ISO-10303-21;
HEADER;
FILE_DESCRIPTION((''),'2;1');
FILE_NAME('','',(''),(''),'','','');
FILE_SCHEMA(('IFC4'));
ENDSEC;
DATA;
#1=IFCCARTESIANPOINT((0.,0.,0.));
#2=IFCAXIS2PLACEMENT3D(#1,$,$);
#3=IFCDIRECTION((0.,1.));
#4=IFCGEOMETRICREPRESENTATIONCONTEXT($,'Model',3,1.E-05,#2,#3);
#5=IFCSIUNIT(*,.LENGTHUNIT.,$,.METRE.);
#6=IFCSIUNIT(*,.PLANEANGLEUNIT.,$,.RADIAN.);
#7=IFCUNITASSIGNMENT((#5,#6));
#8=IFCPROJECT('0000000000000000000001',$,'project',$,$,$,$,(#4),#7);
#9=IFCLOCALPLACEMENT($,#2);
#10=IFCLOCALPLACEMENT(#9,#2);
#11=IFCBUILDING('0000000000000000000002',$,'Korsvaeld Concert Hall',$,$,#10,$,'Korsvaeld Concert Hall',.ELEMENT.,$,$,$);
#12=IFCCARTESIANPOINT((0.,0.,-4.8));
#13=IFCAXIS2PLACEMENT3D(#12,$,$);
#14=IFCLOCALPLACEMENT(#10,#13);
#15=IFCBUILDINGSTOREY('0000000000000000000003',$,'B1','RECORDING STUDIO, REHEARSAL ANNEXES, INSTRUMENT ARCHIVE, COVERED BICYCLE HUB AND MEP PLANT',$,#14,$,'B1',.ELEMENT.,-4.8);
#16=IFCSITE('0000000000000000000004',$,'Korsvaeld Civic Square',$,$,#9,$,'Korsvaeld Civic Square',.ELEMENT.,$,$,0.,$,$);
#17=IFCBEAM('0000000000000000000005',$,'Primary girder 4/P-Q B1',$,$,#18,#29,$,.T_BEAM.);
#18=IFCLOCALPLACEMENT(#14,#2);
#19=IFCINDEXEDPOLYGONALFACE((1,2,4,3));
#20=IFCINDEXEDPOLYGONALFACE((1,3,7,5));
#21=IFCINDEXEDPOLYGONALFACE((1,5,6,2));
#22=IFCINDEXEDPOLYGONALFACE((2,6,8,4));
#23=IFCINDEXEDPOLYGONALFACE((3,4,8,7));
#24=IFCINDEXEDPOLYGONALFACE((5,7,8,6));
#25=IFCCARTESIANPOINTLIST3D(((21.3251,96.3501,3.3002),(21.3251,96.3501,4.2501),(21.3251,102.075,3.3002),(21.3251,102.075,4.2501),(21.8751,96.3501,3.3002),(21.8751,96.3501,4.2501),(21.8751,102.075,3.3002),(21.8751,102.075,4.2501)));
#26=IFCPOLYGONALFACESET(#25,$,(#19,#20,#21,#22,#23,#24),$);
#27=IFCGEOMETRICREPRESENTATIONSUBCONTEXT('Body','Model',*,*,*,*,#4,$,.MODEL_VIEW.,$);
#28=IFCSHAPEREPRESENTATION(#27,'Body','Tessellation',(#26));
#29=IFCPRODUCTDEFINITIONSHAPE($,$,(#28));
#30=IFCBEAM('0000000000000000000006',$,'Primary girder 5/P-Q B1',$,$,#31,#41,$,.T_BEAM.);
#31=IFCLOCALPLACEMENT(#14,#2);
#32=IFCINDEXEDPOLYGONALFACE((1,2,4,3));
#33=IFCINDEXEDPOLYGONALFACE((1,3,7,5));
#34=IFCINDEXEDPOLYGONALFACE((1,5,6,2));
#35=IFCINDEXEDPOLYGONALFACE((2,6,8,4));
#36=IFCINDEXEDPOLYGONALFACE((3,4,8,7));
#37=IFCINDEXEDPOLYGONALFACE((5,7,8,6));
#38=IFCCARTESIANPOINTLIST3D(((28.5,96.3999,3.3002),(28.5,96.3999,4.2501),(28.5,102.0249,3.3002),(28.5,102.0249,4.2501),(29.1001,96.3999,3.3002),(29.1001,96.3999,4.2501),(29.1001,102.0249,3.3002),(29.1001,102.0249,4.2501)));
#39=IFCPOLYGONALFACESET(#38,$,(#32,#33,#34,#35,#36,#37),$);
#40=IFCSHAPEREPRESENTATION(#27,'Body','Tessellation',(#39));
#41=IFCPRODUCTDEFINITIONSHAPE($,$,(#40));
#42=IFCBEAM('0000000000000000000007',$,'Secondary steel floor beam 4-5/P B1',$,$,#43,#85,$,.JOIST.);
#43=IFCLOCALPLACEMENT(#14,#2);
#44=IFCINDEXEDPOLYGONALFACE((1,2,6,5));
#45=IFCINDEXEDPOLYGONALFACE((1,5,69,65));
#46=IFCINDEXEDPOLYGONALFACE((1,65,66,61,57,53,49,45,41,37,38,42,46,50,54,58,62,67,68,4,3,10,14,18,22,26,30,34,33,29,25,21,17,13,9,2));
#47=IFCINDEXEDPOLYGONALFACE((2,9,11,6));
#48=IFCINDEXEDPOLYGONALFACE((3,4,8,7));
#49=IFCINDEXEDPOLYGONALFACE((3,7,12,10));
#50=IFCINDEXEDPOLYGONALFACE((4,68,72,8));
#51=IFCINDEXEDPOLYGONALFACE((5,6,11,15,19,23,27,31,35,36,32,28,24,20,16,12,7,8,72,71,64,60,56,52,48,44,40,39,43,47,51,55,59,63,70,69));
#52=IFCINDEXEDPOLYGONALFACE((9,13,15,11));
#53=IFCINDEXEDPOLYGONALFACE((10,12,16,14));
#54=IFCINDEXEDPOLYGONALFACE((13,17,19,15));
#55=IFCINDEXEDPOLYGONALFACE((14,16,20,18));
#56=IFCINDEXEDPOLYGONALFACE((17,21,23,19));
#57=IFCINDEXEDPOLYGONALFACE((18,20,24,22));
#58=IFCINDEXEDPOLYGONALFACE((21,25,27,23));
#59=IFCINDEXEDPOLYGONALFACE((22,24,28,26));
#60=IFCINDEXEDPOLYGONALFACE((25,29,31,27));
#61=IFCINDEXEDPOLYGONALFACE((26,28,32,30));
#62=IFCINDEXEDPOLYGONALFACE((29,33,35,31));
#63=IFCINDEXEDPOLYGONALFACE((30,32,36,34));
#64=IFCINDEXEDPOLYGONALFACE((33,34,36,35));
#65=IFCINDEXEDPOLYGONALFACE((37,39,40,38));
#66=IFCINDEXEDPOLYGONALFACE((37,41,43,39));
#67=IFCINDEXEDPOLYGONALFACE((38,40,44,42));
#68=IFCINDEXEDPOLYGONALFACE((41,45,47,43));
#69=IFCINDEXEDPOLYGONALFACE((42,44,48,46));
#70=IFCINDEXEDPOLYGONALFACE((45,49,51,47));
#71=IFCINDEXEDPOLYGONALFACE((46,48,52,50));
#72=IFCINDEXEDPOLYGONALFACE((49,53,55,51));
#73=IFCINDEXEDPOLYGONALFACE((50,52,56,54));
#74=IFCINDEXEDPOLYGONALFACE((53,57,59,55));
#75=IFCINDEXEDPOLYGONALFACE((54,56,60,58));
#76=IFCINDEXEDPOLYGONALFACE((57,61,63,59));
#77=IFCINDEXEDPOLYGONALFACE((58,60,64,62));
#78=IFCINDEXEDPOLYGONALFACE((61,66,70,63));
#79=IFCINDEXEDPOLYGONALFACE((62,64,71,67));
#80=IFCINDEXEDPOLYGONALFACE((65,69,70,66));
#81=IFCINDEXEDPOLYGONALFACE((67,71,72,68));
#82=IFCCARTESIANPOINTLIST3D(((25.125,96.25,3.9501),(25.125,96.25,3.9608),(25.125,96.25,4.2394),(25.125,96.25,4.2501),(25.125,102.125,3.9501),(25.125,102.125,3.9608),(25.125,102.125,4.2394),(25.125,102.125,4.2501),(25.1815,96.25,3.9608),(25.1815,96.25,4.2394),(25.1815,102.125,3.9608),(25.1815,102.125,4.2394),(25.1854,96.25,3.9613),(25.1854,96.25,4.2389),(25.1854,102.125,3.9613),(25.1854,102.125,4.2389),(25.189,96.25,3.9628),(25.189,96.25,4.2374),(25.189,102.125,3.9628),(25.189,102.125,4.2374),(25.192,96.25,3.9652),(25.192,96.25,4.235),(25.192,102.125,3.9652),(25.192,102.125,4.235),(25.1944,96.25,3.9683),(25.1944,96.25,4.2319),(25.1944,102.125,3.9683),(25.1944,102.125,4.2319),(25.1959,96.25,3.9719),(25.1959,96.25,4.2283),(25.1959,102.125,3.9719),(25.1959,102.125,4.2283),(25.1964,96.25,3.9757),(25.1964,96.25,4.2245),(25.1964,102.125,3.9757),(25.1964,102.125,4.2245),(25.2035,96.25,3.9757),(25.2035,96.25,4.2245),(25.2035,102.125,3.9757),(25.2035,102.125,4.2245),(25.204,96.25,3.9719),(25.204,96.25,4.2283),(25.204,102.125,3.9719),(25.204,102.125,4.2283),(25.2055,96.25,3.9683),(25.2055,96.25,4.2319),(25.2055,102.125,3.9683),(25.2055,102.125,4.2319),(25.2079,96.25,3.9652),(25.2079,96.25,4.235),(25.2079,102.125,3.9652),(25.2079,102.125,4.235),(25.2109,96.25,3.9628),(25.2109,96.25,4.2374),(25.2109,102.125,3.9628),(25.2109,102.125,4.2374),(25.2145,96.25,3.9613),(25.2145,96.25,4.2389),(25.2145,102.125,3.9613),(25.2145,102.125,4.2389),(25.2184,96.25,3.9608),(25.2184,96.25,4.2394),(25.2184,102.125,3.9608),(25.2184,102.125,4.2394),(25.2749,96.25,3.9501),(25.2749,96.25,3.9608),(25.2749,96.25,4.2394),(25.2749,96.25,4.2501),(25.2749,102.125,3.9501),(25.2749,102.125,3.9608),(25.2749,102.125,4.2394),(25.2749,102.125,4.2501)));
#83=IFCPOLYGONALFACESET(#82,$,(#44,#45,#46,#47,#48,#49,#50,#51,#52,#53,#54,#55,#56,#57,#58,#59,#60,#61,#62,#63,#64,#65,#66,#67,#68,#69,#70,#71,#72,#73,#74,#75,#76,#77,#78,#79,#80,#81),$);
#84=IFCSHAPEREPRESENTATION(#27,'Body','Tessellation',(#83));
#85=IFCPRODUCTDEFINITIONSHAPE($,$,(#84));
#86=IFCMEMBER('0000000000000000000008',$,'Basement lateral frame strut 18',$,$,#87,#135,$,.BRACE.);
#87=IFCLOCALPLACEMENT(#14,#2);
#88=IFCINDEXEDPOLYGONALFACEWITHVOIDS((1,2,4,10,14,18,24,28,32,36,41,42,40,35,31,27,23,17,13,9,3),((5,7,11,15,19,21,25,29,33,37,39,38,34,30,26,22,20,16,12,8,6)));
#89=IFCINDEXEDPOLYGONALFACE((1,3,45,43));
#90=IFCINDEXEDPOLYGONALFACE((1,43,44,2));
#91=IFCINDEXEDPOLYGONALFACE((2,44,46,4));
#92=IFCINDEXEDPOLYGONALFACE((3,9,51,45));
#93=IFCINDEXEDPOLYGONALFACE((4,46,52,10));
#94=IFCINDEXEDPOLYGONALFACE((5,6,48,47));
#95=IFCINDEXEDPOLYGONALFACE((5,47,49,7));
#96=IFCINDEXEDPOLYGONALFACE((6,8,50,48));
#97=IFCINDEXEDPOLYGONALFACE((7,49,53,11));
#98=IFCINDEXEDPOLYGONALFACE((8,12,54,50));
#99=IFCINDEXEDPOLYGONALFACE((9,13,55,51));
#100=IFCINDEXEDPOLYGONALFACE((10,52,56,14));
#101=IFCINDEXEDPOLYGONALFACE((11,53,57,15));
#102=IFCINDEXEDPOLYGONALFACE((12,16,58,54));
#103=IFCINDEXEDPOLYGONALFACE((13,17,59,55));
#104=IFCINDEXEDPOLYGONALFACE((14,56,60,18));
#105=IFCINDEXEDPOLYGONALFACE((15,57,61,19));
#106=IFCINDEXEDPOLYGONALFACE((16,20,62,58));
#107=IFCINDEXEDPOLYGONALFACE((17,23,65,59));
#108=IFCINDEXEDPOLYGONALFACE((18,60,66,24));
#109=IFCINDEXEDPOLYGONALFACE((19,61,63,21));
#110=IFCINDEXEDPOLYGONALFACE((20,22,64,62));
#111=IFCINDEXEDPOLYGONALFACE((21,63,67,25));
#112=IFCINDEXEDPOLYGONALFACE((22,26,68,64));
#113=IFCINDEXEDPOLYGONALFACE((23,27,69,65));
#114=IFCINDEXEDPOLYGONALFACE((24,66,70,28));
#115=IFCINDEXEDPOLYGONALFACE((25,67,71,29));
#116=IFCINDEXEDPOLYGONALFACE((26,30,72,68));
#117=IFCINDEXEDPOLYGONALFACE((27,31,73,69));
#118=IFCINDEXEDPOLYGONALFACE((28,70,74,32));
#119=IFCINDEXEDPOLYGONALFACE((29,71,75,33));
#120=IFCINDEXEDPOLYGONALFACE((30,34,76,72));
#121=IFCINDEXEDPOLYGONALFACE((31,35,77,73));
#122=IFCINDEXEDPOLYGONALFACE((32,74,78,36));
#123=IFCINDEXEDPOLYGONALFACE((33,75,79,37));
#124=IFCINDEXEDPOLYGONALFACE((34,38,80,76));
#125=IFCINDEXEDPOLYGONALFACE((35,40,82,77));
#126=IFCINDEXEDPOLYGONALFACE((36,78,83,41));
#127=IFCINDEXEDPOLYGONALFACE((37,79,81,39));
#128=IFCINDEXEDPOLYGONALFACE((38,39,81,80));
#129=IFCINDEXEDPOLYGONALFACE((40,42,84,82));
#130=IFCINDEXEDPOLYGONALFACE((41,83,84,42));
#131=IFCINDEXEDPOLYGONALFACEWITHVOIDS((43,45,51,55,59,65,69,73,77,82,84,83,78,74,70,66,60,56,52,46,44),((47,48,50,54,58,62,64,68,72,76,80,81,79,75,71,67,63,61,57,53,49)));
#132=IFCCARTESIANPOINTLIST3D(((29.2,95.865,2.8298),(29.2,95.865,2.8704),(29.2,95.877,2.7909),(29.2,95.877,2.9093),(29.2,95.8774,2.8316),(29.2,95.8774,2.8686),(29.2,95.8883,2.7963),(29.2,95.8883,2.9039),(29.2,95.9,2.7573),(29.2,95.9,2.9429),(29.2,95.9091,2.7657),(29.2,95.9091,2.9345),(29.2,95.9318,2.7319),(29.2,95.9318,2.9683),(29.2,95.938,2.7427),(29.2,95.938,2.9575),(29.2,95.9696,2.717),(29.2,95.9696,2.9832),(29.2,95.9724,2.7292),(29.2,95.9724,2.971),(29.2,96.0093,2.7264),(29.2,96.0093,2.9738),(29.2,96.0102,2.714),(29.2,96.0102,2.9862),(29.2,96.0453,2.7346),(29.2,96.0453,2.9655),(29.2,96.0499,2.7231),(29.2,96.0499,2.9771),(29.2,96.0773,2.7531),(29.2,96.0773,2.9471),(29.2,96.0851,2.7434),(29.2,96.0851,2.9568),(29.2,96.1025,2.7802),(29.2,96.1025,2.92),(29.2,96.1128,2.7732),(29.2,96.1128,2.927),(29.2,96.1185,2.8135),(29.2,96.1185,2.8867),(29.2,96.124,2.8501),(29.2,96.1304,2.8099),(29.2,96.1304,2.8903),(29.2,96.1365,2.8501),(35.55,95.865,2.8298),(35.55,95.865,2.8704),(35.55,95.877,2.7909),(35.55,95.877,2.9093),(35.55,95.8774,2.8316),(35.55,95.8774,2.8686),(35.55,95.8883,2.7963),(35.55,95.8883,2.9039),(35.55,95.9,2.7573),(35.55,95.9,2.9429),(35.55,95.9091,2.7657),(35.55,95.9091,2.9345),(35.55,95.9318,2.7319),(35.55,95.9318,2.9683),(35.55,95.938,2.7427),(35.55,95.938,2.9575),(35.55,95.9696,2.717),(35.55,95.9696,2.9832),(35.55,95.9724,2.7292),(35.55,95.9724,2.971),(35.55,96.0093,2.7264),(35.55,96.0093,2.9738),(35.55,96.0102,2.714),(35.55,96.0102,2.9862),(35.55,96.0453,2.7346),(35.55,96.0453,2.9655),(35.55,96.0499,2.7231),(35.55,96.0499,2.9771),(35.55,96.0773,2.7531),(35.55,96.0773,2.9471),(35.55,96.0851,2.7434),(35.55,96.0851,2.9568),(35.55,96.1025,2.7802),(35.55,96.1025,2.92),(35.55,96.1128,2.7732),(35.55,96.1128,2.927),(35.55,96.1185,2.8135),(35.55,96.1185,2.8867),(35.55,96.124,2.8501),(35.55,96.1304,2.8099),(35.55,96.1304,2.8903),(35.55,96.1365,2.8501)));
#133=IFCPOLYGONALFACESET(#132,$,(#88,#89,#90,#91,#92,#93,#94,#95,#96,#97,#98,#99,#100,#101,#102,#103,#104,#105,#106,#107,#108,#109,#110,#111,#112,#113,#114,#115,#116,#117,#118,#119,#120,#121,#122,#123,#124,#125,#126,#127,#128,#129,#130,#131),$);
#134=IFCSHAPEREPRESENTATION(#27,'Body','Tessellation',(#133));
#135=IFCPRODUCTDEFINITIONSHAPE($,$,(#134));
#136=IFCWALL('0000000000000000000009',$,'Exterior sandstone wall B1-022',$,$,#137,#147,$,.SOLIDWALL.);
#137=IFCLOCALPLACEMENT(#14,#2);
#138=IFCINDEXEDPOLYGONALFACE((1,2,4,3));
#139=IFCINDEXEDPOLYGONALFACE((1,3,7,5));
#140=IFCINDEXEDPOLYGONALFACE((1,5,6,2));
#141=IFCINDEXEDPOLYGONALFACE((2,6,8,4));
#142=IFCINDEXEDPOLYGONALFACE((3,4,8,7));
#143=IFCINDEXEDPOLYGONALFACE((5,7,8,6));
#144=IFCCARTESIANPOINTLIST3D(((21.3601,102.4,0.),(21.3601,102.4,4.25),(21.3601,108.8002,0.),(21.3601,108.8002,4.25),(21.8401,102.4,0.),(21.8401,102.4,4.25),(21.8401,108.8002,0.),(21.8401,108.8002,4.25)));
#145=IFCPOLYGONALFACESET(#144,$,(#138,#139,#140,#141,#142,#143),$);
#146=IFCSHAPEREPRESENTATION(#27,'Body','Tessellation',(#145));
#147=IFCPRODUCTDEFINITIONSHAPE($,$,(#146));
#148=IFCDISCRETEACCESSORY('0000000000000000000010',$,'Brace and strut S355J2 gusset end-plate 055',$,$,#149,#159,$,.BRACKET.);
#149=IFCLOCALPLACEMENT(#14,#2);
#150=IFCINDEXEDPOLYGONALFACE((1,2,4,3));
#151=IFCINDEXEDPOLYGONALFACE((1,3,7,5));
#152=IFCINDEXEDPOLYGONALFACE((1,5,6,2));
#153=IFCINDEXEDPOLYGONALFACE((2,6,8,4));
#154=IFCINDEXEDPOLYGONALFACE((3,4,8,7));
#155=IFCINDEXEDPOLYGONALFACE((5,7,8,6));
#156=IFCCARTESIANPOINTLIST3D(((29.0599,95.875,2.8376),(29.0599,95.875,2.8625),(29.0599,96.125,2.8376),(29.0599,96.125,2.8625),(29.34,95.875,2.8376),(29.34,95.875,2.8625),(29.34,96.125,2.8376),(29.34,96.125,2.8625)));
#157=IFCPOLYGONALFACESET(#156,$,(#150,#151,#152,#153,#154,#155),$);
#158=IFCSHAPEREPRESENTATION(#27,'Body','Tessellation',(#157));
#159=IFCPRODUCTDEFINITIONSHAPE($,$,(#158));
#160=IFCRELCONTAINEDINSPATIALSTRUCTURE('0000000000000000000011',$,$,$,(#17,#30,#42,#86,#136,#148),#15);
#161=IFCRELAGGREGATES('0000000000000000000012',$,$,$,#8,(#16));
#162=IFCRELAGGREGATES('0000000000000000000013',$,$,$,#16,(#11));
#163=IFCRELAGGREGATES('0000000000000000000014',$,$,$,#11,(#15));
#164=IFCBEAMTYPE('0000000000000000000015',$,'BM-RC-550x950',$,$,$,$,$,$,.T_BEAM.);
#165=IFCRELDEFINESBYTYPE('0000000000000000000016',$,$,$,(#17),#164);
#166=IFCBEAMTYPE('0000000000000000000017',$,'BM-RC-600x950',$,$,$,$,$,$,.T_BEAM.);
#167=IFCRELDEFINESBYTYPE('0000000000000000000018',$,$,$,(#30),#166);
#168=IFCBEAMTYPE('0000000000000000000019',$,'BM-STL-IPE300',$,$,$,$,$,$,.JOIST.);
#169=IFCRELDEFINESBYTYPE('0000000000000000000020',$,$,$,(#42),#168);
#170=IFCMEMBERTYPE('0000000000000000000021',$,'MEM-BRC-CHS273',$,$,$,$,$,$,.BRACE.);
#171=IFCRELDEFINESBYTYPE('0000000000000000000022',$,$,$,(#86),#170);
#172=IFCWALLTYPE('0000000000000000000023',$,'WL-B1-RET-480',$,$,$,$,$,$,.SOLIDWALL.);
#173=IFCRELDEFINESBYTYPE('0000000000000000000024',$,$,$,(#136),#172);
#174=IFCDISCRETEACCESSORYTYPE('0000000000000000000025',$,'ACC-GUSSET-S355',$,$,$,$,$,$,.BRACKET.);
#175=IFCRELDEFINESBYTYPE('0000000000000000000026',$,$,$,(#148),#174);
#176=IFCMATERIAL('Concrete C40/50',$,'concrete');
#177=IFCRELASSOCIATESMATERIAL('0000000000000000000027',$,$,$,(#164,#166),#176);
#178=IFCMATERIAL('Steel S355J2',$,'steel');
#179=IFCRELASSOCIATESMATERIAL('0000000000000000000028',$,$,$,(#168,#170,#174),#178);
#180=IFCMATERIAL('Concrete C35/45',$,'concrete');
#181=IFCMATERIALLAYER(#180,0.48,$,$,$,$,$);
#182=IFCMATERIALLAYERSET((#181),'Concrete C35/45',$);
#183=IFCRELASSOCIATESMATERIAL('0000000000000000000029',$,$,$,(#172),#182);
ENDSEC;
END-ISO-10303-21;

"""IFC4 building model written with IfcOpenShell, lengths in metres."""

from ifc_helpers import new_model, si_unit, direction, frame, frame_2d, origin, origin_2d, place, context, subcontext, project, spatial, rectangle, hollow_circle, i_section, extrude, material, layer, layer_set, material_profile, profile_set, type_object, element, save


model = new_model("IFC4")

# Units and contexts
model_context = context("Model", 3, precision=1e-05, world=origin(), true_north=direction((0.0, 1.0)))
body_context = subcontext(model_context, "Body", "Model", "MODEL_VIEW")
ifc_project = project(units=[si_unit("LENGTHUNIT", "METRE"), si_unit("PLANEANGLEUNIT", "RADIAN")], contexts=[model_context])

# Site, building, storey
site_placement = place(None, origin())
site = spatial("IfcSite", under=ifc_project, at=site_placement, Name="Korsvaeld Civic Square", LongName="Korsvaeld Civic Square", CompositionType="ELEMENT", RefElevation=0.0)
building_placement = place(site_placement, origin())
building = spatial("IfcBuilding", under=site, at=building_placement, Name="Korsvaeld Concert Hall", LongName="Korsvaeld Concert Hall", CompositionType="ELEMENT")
storey_placement = place(building_placement, frame((0.0, 0.0, -4.8)))
storey = spatial("IfcBuildingStorey", under=building, at=storey_placement, Name="B1", Description="RECORDING STUDIO, REHEARSAL ANNEXES, INSTRUMENT ARCHIVE, COVERED BICYCLE HUB AND MEP PLANT", LongName="B1", CompositionType="ELEMENT", Elevation=-4.8)

# Shared definitions
ifc_material_1 = material(Name="Concrete C35/45", Category="concrete")

# Shared definitions
ifc_material_2 = material(Name="Concrete C40/50", Category="concrete")

# Beams
ifc_material_profile_1 = material_profile(ifc_material_2, rectangle(XDim=0.55, YDim=0.95, at=origin_2d()), Name="RC 550x950")
ifc_profile_set_1 = profile_set([ifc_material_profile_1], Name="Concrete C40/50")
beam_type_1 = type_object("IfcBeamType", Name="BM-RC-550x950", PredefinedType="T_BEAM", material=ifc_profile_set_1)
beam_1_placement = place(storey_placement, frame((21.6001, 96.3501, 3.7751), z_axis=(0.0, 1.0, 0.0), x_axis=(-1.0, 0.0, 0.0)))
element("IfcBeam", 1, at=beam_1_placement, inside=storey, type_object=beam_type_1, Name="Primary girder 4/P-Q B1", PredefinedType="T_BEAM", context=body_context, shape_type="SweptSolid", body=[
    extrude(rectangle(XDim=0.55, YDim=0.95, at=origin_2d()), origin(), (0.0, 0.0, 1.0), 5.7249),
])
ifc_material_profile_2 = material_profile(ifc_material_2, rectangle(XDim=0.6001, YDim=0.95, at=origin_2d()), Name="RC 600x950")
ifc_profile_set_2 = profile_set([ifc_material_profile_2], Name="Concrete C40/50")
beam_type_2 = type_object("IfcBeamType", Name="BM-RC-600x950", PredefinedType="T_BEAM", material=ifc_profile_set_2)
beam_2_placement = place(storey_placement, frame((28.8, 96.3999, 3.7751), z_axis=(0.0, 1.0, 0.0), x_axis=(-1.0, 0.0, 0.0)))
element("IfcBeam", 2, at=beam_2_placement, inside=storey, type_object=beam_type_2, Name="Primary girder 5/P-Q B1", PredefinedType="T_BEAM", context=body_context, shape_type="SweptSolid", body=[
    extrude(rectangle(XDim=0.6001, YDim=0.95, at=origin_2d()), origin(), (0.0, 0.0, 1.0), 5.625),
])
ifc_material_3 = material(Name="Steel S355J2", Category="steel")
ifc_material_profile_3 = material_profile(ifc_material_3, i_section(OverallWidth=0.1499, OverallDepth=0.3, WebThickness=0.0071, FlangeThickness=0.0107, FilletRadius=0.0149, at=origin_2d()), Name="IPE 300")
ifc_profile_set_3 = profile_set([ifc_material_profile_3], Name="Steel S355J2")
beam_type_3 = type_object("IfcBeamType", Name="BM-STL-IPE300", PredefinedType="JOIST", material=ifc_profile_set_3)
beam_3_placement = place(storey_placement, frame((25.2, 96.25, 4.1001), z_axis=(0.0, 1.0, 0.0), x_axis=(-1.0, 0.0, 0.0)))
element("IfcBeam", 3, at=beam_3_placement, inside=storey, type_object=beam_type_3, Name="Secondary steel floor beam 4-5/P B1", PredefinedType="JOIST", context=body_context, shape_type="SweptSolid", body=[
    extrude(i_section(OverallWidth=0.1499, OverallDepth=0.3, WebThickness=0.0071, FlangeThickness=0.0107, FilletRadius=0.0149, at=origin_2d()), origin(), (0.0, 0.0, 1.0), 5.875),
])

# Member
ifc_material_profile_4 = material_profile(ifc_material_3, hollow_circle(Radius=0.1365, WallThickness=0.0125, at=origin_2d()), Name="CHS 273x12.5")
ifc_profile_set_4 = profile_set([ifc_material_profile_4], Name="Steel S355J2")
member_type = type_object("IfcMemberType", Name="MEM-BRC-CHS273", PredefinedType="BRACE", material=ifc_profile_set_4)
member_placement = place(storey_placement, frame((29.2, 96.0, 2.8501), z_axis=(1.0, 0.0, 0.0), x_axis=(0.0, 1.0, 0.0)))
element("IfcMember", 4, at=member_placement, inside=storey, type_object=member_type, Name="Basement lateral frame strut 18", PredefinedType="BRACE", context=body_context, shape_type="SweptSolid", body=[
    extrude(hollow_circle(Radius=0.1365, WallThickness=0.0125, at=origin_2d()), origin(), (0.0, 0.0, 1.0), 6.3501),
])

# Wall
ifc_layer = layer(ifc_material_1, 0.48)
ifc_layer_set = layer_set([ifc_layer], Name="Concrete C35/45")
wall_type = type_object("IfcWallType", Name="WL-B1-RET-480", PredefinedType="SOLIDWALL", material=ifc_layer_set)
wall_placement = place(storey_placement, frame((21.6001, 102.3999, 0.0), z_axis=(0.0, 0.0, 1.0), x_axis=(0.0, 1.0, 0.0)))
element("IfcWall", 5, at=wall_placement, inside=storey, type_object=wall_type, Name="Exterior sandstone wall B1-022", PredefinedType="SOLIDWALL", context=body_context, shape_type="SweptSolid", body=[
    extrude(rectangle(XDim=6.4001, YDim=0.48, at=frame_2d((3.2002, 0.0))), origin(), (0.0, 0.0, 1.0), 4.25),
])

# Discrete accessory
discrete_accessory_type = type_object("IfcDiscreteAccessoryType", Name="ACC-GUSSET-S355", PredefinedType="BRACKET", material=ifc_material_3)
discrete_accessory_placement = place(storey_placement, frame((29.2, 96.0, 2.8376), z_axis=(0.0, 0.0, 1.0), x_axis=(1.0, 0.0, 0.0)))
element("IfcDiscreteAccessory", 6, at=discrete_accessory_placement, inside=storey, type_object=discrete_accessory_type, Name="Brace and strut S355J2 gusset end-plate 055", PredefinedType="BRACKET", context=body_context, shape_type="SweptSolid", body=[
    extrude(rectangle(XDim=0.28, YDim=0.25, at=origin_2d()), origin(), (0.0, 0.0, 1.0), 0.0249),
])

save(model, "model.ifc")
